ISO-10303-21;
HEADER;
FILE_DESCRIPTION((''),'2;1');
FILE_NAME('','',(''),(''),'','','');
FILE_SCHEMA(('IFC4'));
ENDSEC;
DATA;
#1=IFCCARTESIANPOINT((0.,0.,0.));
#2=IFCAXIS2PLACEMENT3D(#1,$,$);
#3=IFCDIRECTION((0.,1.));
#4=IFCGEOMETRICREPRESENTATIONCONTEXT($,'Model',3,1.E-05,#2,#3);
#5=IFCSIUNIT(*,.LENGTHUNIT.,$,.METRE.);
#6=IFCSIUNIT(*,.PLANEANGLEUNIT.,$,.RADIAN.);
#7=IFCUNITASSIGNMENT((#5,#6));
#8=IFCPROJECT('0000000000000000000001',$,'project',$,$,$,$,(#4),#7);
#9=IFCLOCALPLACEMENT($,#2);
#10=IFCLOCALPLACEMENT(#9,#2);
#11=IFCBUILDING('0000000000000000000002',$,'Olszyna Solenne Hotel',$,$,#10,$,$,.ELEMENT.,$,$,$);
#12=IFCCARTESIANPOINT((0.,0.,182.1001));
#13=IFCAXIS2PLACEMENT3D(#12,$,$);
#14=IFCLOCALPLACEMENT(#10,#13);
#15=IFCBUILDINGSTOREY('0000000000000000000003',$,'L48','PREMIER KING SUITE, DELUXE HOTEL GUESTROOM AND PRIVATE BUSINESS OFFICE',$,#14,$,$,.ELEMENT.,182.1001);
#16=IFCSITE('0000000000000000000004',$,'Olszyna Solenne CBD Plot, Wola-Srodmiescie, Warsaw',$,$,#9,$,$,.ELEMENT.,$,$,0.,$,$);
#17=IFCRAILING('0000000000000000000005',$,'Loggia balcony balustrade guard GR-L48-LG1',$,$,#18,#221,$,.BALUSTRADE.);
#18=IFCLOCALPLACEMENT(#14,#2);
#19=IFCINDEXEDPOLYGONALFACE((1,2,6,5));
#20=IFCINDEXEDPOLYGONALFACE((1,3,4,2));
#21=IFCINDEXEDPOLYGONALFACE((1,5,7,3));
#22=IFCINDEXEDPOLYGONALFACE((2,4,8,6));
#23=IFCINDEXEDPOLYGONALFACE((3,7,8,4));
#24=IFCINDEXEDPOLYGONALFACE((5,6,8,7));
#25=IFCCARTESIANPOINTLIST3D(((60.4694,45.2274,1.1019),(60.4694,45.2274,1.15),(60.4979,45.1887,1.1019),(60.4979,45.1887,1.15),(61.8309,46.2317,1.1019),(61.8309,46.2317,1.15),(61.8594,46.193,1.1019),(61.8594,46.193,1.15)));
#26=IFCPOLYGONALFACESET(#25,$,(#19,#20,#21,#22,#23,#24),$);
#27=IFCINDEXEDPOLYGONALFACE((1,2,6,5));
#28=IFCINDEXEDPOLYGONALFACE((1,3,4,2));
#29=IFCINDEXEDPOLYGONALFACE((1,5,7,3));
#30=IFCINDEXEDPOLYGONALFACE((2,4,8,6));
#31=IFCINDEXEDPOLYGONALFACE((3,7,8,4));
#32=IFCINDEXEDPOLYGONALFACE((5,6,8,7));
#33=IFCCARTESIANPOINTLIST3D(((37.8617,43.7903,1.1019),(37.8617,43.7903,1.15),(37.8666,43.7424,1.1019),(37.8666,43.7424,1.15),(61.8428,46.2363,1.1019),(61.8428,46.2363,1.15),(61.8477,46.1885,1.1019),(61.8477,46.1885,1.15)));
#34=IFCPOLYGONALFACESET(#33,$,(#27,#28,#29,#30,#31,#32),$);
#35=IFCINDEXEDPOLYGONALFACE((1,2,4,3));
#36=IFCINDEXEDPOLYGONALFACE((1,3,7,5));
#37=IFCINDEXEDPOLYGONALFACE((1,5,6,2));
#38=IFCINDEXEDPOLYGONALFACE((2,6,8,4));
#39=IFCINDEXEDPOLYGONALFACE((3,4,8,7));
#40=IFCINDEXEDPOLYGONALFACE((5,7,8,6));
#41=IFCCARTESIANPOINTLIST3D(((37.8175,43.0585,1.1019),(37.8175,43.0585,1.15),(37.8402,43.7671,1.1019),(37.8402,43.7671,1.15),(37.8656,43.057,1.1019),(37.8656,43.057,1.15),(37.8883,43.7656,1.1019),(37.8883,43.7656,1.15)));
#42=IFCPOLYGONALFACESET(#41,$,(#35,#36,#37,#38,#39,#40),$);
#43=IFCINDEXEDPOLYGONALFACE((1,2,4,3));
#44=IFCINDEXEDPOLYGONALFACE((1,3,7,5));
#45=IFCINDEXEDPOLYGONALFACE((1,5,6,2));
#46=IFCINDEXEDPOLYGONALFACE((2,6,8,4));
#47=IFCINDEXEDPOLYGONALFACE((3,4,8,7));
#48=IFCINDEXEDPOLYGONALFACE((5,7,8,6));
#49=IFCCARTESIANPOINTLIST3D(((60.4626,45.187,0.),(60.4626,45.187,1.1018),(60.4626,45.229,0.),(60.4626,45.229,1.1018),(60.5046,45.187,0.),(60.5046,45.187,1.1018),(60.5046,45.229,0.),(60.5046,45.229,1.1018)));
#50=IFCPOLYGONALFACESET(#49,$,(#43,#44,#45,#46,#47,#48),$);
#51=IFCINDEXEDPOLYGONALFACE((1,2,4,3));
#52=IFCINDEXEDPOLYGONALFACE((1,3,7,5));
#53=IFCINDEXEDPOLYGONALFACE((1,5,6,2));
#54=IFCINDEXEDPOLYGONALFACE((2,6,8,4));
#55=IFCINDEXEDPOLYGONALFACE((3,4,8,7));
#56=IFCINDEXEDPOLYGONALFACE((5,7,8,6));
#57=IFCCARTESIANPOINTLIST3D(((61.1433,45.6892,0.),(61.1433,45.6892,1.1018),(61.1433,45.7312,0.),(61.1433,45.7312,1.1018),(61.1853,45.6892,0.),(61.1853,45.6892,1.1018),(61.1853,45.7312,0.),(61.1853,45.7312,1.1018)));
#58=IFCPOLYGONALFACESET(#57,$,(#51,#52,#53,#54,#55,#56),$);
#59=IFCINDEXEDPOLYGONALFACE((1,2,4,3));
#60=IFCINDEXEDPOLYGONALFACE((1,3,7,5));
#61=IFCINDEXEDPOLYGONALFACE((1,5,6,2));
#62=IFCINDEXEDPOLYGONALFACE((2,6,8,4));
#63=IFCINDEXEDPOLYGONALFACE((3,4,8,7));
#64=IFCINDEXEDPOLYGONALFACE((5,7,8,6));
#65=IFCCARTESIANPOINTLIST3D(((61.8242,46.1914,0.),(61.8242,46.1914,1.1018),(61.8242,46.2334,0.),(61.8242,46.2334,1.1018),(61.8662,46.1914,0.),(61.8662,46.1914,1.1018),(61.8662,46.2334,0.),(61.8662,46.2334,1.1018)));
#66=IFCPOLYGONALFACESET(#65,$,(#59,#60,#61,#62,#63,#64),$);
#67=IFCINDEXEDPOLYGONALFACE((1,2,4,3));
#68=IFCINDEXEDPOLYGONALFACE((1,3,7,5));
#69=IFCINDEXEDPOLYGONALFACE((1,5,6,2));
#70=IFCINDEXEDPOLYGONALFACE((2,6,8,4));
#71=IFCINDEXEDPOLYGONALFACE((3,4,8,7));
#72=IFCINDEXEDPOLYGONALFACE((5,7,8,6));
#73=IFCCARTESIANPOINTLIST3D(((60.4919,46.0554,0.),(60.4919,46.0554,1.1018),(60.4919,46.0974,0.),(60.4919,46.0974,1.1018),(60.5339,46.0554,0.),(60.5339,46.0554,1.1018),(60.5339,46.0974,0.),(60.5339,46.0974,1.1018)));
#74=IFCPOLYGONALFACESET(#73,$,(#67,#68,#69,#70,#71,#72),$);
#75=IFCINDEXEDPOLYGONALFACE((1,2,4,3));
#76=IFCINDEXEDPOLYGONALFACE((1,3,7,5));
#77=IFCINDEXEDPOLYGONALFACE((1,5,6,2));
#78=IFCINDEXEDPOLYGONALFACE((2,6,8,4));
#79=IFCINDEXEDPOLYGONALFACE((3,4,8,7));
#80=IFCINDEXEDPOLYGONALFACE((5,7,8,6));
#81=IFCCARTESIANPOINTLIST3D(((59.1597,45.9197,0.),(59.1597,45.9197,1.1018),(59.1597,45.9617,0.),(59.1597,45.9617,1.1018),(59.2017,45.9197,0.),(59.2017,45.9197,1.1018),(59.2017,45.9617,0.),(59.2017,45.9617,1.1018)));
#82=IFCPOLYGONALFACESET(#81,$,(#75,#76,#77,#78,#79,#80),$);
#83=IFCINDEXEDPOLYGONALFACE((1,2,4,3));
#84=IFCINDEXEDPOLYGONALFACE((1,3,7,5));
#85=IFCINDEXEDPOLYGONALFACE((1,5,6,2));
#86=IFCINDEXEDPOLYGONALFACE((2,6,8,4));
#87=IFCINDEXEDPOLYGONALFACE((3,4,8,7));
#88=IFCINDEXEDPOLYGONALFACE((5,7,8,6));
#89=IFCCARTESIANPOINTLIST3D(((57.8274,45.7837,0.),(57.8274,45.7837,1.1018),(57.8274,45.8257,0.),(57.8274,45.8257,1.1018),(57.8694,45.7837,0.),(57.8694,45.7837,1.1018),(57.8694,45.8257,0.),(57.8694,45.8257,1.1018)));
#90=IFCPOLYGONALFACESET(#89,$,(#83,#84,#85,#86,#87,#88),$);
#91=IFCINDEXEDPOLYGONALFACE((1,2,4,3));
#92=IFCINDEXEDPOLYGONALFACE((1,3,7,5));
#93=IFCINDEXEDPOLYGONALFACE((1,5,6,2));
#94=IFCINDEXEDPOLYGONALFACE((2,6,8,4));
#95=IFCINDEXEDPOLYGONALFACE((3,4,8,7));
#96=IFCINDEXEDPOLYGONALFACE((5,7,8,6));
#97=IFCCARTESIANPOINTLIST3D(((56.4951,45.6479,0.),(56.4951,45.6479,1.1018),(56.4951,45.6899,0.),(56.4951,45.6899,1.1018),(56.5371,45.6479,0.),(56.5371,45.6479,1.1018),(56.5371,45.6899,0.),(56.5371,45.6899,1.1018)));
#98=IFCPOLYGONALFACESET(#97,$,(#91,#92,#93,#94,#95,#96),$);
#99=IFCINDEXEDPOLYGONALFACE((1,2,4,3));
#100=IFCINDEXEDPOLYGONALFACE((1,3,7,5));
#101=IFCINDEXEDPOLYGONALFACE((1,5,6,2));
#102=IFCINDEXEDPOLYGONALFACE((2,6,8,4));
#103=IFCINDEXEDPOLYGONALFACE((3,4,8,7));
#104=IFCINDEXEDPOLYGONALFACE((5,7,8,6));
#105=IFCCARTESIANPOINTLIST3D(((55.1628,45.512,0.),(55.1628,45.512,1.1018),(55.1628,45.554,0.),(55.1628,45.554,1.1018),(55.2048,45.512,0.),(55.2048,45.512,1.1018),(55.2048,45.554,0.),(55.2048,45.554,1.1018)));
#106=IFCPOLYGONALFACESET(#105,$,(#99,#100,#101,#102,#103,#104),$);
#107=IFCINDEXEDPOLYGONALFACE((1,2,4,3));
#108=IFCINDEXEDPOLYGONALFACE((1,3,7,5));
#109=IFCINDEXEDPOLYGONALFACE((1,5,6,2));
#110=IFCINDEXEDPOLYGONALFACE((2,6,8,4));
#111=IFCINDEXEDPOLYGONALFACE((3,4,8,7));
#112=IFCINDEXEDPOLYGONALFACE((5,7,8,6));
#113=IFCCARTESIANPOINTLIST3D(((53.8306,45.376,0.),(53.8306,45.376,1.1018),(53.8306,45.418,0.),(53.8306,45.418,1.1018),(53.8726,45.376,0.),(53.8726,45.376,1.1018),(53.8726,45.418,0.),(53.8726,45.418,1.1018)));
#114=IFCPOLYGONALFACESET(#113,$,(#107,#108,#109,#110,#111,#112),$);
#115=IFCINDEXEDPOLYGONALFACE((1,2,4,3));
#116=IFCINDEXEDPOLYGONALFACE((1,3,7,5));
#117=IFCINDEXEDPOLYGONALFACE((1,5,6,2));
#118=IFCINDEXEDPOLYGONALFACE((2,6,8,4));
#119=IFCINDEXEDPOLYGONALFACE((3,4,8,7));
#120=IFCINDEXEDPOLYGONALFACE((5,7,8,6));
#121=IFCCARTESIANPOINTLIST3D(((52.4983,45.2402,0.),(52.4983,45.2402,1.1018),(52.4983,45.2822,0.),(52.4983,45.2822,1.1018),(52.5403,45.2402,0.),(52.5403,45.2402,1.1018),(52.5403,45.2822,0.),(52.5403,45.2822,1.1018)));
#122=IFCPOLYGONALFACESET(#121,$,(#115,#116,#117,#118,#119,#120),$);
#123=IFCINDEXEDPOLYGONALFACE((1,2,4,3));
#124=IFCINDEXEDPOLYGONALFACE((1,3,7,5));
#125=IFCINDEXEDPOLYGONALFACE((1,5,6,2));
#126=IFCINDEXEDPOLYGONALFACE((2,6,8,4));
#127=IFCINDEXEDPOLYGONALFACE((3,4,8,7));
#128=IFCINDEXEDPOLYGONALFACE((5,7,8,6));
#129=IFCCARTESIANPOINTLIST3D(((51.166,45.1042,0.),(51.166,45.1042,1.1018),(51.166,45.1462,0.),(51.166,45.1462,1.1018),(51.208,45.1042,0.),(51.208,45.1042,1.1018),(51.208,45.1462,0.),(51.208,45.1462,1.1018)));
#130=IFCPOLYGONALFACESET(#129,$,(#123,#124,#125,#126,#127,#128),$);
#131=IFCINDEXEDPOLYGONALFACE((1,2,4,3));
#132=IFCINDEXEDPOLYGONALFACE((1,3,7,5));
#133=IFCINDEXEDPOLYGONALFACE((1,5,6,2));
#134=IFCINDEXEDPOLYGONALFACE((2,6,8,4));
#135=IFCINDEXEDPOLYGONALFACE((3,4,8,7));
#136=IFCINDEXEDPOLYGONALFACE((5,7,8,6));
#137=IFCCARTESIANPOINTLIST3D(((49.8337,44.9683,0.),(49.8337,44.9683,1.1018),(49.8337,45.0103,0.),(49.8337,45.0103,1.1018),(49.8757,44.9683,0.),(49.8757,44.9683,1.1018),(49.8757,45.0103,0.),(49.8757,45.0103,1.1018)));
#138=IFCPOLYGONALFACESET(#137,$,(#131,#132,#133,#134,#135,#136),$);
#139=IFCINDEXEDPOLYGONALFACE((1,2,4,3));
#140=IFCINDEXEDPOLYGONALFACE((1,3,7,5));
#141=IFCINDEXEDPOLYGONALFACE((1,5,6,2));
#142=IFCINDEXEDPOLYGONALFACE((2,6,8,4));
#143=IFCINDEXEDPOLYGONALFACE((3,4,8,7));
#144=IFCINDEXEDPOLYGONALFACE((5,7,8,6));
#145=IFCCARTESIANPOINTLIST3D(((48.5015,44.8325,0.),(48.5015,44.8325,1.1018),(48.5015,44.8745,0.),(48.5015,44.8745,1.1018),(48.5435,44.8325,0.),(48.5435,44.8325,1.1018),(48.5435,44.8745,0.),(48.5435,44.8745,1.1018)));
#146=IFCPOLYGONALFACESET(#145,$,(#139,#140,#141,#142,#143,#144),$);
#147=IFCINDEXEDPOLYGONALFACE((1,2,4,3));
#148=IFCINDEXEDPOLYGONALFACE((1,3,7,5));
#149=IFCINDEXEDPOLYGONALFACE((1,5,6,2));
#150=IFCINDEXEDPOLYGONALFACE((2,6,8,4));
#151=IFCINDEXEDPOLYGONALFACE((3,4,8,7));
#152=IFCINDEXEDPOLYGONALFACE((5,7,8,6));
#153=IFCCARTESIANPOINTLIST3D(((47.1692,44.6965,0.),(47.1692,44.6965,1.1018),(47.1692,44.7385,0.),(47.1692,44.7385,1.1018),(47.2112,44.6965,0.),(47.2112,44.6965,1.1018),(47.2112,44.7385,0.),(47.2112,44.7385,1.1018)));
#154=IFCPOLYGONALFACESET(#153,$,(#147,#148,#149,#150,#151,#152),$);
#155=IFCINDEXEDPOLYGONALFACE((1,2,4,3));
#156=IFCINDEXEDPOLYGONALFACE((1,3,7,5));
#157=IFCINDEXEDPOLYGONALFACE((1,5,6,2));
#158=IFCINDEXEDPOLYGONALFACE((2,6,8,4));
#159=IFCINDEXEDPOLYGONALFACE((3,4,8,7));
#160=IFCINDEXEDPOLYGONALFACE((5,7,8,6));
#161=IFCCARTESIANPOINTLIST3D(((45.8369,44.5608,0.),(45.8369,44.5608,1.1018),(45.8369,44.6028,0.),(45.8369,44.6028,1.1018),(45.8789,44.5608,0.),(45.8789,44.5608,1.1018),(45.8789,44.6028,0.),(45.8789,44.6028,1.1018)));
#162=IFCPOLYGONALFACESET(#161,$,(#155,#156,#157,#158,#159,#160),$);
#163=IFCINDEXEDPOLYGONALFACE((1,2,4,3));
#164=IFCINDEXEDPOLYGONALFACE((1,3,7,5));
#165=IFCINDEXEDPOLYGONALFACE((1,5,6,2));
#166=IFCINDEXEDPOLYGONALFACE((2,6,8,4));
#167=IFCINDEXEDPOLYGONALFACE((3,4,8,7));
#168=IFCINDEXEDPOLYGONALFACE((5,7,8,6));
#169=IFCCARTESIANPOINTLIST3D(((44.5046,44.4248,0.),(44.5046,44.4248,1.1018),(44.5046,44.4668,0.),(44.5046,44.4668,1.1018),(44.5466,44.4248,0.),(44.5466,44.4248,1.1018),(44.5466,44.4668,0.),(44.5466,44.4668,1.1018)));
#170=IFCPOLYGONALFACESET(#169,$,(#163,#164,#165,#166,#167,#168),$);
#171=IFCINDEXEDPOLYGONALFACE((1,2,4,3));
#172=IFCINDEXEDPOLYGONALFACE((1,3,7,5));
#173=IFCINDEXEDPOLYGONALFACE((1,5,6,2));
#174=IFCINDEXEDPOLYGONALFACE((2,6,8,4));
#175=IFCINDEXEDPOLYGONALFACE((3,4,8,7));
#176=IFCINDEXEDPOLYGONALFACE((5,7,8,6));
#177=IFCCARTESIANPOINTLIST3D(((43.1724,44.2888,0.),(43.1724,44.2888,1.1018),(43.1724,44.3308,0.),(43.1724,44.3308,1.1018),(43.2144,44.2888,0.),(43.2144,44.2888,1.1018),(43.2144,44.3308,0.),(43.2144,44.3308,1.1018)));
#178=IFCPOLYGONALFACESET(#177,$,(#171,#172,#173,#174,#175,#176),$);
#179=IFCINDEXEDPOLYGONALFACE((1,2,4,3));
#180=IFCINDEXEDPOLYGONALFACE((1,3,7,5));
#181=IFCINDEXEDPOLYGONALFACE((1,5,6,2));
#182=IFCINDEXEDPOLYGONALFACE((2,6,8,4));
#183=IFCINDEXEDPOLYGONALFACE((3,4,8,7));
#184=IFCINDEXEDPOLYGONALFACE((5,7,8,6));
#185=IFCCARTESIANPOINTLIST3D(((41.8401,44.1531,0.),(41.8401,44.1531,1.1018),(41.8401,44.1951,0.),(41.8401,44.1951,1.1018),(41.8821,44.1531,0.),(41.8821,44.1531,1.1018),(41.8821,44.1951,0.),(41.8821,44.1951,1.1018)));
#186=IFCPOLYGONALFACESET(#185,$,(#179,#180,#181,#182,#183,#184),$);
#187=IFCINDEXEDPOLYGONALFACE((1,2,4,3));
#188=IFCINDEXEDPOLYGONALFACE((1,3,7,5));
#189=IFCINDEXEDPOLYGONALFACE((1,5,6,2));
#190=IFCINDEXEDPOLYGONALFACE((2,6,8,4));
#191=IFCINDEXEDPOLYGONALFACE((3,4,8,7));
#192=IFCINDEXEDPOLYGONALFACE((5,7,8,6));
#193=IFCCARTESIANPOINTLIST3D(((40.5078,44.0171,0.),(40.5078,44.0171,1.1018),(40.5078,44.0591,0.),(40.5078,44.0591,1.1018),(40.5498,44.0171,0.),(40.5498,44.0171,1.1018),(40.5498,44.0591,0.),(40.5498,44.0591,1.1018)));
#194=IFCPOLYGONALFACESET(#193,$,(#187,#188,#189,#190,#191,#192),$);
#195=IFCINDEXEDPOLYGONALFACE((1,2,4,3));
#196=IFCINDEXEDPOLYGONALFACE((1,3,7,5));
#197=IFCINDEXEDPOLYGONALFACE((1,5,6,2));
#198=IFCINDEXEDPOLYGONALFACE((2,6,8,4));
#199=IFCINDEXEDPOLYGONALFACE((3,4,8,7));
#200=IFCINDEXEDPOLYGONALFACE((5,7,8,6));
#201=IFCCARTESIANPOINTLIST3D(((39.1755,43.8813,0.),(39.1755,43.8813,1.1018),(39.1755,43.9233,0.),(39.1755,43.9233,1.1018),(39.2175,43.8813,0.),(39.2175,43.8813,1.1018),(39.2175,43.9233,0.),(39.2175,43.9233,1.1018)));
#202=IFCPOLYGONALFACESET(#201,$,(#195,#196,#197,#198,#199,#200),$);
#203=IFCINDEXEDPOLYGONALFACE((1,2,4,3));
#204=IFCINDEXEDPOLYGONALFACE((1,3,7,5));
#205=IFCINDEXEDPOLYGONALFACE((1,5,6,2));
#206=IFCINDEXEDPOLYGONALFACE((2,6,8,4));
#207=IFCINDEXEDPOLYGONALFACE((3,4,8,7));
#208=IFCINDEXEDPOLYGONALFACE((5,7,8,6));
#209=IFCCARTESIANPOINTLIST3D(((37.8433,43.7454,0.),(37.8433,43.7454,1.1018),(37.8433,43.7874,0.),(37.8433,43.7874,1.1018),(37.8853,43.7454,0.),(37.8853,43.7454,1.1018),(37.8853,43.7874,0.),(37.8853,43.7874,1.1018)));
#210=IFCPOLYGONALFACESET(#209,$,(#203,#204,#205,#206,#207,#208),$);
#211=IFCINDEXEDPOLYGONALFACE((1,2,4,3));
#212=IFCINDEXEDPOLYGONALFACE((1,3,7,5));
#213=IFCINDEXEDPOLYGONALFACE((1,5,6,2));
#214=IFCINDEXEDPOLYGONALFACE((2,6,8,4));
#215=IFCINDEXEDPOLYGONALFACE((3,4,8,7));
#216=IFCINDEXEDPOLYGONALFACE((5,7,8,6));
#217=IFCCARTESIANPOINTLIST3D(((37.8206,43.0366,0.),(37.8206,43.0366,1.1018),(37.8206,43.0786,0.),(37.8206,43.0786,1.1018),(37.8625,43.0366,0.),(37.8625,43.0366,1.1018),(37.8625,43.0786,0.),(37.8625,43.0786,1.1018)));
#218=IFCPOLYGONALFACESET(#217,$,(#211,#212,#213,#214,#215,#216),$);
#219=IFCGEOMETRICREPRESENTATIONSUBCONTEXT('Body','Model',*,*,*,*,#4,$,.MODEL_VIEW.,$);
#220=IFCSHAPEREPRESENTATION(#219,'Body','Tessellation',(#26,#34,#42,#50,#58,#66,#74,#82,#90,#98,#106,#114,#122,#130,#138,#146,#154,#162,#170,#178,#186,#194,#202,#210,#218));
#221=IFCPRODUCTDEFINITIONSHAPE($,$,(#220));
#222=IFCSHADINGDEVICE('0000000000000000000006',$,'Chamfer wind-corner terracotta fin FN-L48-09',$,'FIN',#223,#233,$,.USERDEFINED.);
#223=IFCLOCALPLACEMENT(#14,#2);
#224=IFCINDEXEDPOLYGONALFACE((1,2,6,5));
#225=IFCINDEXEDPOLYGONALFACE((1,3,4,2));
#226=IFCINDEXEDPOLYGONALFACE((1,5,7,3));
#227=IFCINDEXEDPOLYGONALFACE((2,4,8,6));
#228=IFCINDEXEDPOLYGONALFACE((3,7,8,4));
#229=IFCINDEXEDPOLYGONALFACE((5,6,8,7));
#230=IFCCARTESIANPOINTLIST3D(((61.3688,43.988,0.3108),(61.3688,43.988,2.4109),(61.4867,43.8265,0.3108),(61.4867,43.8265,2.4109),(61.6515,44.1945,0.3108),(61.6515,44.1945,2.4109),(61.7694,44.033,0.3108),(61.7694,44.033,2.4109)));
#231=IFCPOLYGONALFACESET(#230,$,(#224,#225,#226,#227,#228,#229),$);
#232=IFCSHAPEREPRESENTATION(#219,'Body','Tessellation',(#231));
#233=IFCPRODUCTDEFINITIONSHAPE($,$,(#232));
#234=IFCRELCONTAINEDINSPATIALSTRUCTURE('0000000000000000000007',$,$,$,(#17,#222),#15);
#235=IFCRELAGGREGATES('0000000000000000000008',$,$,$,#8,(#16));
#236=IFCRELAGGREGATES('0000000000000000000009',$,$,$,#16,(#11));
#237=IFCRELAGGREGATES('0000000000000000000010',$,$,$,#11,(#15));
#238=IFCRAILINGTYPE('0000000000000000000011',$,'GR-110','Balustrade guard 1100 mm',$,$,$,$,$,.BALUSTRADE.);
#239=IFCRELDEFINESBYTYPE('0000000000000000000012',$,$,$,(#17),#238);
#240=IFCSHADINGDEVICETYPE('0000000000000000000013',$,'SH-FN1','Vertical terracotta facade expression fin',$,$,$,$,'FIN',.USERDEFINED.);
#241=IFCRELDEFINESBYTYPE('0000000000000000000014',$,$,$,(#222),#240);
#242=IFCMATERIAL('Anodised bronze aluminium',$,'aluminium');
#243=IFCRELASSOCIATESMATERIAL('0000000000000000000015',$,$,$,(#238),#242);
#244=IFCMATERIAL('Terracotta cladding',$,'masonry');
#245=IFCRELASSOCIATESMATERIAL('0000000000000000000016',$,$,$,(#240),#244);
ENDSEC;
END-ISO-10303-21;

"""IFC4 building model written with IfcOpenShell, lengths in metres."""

from ifc_helpers import new_model, si_unit, direction, frame, origin, origin_2d, place, context, subcontext, project, spatial, rectangle, extrude, source, transform, mapped, material, type_object, element, save


model = new_model("IFC4")

# Units and contexts
model_context = context("Model", 3, precision=1e-05, world=origin(), true_north=direction((0.0, 1.0)))
body_context = subcontext(model_context, "Body", "Model", "MODEL_VIEW")
ifc_project = project(units=[si_unit("LENGTHUNIT", "METRE"), si_unit("PLANEANGLEUNIT", "RADIAN")], contexts=[model_context])

# Site, building, storey
site_placement = place(None, origin())
site = spatial("IfcSite", under=ifc_project, at=site_placement, Name="Olszyna Solenne CBD Plot, Wola-Srodmiescie, Warsaw", CompositionType="ELEMENT", RefElevation=0.0)
building_placement = place(site_placement, origin())
building = spatial("IfcBuilding", under=site, at=building_placement, Name="Olszyna Solenne Hotel", CompositionType="ELEMENT")
storey_placement = place(building_placement, frame((0.0, 0.0, 182.1001)))
storey = spatial("IfcBuildingStorey", under=building, at=storey_placement, Name="L48", Description="PREMIER KING SUITE, DELUXE HOTEL GUESTROOM AND PRIVATE BUSINESS OFFICE", CompositionType="ELEMENT", Elevation=182.1001)

# Railing
ifc_material_1 = material(Name="Anodised bronze aluminium", Category="aluminium")
railing_type = type_object("IfcRailingType", Name="GR-110", Description="Balustrade guard 1100 mm", PredefinedType="BALUSTRADE", material=ifc_material_1)
railing_placement = place(storey_placement, frame((60.4836, 45.208, 0.0)))
element("IfcRailing", 1, at=railing_placement, inside=storey, type_object=railing_type, Name="Loggia balcony balustrade guard GR-L48-LG1", PredefinedType="BALUSTRADE", context=body_context, shape_type="SweptSolid", body=[
    extrude(rectangle(XDim=0.0481, YDim=0.0481, at=origin_2d()), frame((0.0, 0.0, 1.126), z_axis=(0.804737, 0.593632, 0.0), x_axis=(-0.593632, 0.804737, 0.0)), (0.0, 0.0, 1.0), 1.6919),
    extrude(rectangle(XDim=0.0481, YDim=0.0481, at=origin_2d()), frame((1.3616, 1.0044, 1.126), z_axis=(-0.994838, -0.101473, 0.0), x_axis=(0.101473, -0.994838, 0.0)), (0.0, 0.0, 1.0), 24.1055),
    extrude(rectangle(XDim=0.0481, YDim=0.0481, at=origin_2d()), frame((-22.6194, -1.4417, 1.126), z_axis=(-0.032019, -0.999487, 0.0), x_axis=(0.999487, -0.032019, 0.0)), (0.0, 0.0, 1.0), 0.709),
    extrude(rectangle(XDim=0.042, YDim=0.042, at=origin_2d()), origin(), (0.0, 0.0, 1.0), 1.1018),
    extrude(rectangle(XDim=0.042, YDim=0.042, at=origin_2d()), frame((0.6807, 0.5022, 0.0)), (0.0, 0.0, 1.0), 1.1018),
    extrude(rectangle(XDim=0.042, YDim=0.042, at=origin_2d()), frame((1.3616, 1.0044, 0.0)), (0.0, 0.0, 1.0), 1.1018),
    extrude(rectangle(XDim=0.042, YDim=0.042, at=origin_2d()), frame((0.0293, 0.8684, 0.0)), (0.0, 0.0, 1.0), 1.1018),
    extrude(rectangle(XDim=0.042, YDim=0.042, at=origin_2d()), frame((-1.303, 0.7327, 0.0)), (0.0, 0.0, 1.0), 1.1018),
    extrude(rectangle(XDim=0.042, YDim=0.042, at=origin_2d()), frame((-2.6353, 0.5967, 0.0)), (0.0, 0.0, 1.0), 1.1018),
    extrude(rectangle(XDim=0.042, YDim=0.042, at=origin_2d()), frame((-3.9675, 0.4609, 0.0)), (0.0, 0.0, 1.0), 1.1018),
    extrude(rectangle(XDim=0.042, YDim=0.042, at=origin_2d()), frame((-5.2998, 0.325, 0.0)), (0.0, 0.0, 1.0), 1.1018),
    extrude(rectangle(XDim=0.042, YDim=0.042, at=origin_2d()), frame((-6.6321, 0.189, 0.0)), (0.0, 0.0, 1.0), 1.1018),
    extrude(rectangle(XDim=0.042, YDim=0.042, at=origin_2d()), frame((-7.9644, 0.0532, 0.0)), (0.0, 0.0, 1.0), 1.1018),
    extrude(rectangle(XDim=0.042, YDim=0.042, at=origin_2d()), frame((-9.2966, -0.0828, 0.0)), (0.0, 0.0, 1.0), 1.1018),
    extrude(rectangle(XDim=0.042, YDim=0.042, at=origin_2d()), frame((-10.6289, -0.2188, 0.0)), (0.0, 0.0, 1.0), 1.1018),
    extrude(rectangle(XDim=0.042, YDim=0.042, at=origin_2d()), frame((-11.9612, -0.3545, 0.0)), (0.0, 0.0, 1.0), 1.1018),
    extrude(rectangle(XDim=0.042, YDim=0.042, at=origin_2d()), frame((-13.2935, -0.4905, 0.0)), (0.0, 0.0, 1.0), 1.1018),
    extrude(rectangle(XDim=0.042, YDim=0.042, at=origin_2d()), frame((-14.6257, -0.6262, 0.0)), (0.0, 0.0, 1.0), 1.1018),
    extrude(rectangle(XDim=0.042, YDim=0.042, at=origin_2d()), frame((-15.958, -0.7622, 0.0)), (0.0, 0.0, 1.0), 1.1018),
    extrude(rectangle(XDim=0.042, YDim=0.042, at=origin_2d()), frame((-17.2903, -0.8982, 0.0)), (0.0, 0.0, 1.0), 1.1018),
    extrude(rectangle(XDim=0.042, YDim=0.042, at=origin_2d()), frame((-18.6226, -1.0339, 0.0)), (0.0, 0.0, 1.0), 1.1018),
    extrude(rectangle(XDim=0.042, YDim=0.042, at=origin_2d()), frame((-19.9548, -1.1699, 0.0)), (0.0, 0.0, 1.0), 1.1018),
    extrude(rectangle(XDim=0.042, YDim=0.042, at=origin_2d()), frame((-21.2871, -1.3057, 0.0)), (0.0, 0.0, 1.0), 1.1018),
    extrude(rectangle(XDim=0.042, YDim=0.042, at=origin_2d()), frame((-22.6194, -1.4417, 0.0)), (0.0, 0.0, 1.0), 1.1018),
    extrude(rectangle(XDim=0.042, YDim=0.042, at=origin_2d()), frame((-22.6421, -2.1504, 0.0)), (0.0, 0.0, 1.0), 1.1018),
])

# Shading device
ifc_material_2 = material(Name="Terracotta cladding", Category="masonry")
shading_device_type = type_object("IfcShadingDeviceType", Name="SH-FN1", Description="Vertical terracotta facade expression fin", ElementType="FIN", PredefinedType="USERDEFINED", material=ifc_material_2)
shared_shape_1 = source(origin(), body_context, "Body", "SweptSolid", [
    extrude(rectangle(XDim=0.2, YDim=0.3501, at=origin_2d()), origin(), (0.0, 0.0, 1.0), 2.1001),
])
shading_device_placement = place(storey_placement, frame((61.5691, 44.0105, 0.3108), z_axis=(0.0, 0.0, 1.0), x_axis=(0.589901, -0.807475, 0.0)))
element("IfcShadingDevice", 2, at=shading_device_placement, inside=storey, type_object=shading_device_type, Name="Chamfer wind-corner terracotta fin FN-L48-09", ObjectType="FIN", PredefinedType="USERDEFINED", context=body_context, shape_type="MappedRepresentation", body=[
    mapped(shared_shape_1, transform((0.0, 0.0, 0.0), x_axis=(1.0, 0.0, 0.0), y_axis=(0.0, 1.0, 0.0), z_axis=(0.0, 0.0, 1.0), scale=1.0)),
])

save(model, "model.ifc")
